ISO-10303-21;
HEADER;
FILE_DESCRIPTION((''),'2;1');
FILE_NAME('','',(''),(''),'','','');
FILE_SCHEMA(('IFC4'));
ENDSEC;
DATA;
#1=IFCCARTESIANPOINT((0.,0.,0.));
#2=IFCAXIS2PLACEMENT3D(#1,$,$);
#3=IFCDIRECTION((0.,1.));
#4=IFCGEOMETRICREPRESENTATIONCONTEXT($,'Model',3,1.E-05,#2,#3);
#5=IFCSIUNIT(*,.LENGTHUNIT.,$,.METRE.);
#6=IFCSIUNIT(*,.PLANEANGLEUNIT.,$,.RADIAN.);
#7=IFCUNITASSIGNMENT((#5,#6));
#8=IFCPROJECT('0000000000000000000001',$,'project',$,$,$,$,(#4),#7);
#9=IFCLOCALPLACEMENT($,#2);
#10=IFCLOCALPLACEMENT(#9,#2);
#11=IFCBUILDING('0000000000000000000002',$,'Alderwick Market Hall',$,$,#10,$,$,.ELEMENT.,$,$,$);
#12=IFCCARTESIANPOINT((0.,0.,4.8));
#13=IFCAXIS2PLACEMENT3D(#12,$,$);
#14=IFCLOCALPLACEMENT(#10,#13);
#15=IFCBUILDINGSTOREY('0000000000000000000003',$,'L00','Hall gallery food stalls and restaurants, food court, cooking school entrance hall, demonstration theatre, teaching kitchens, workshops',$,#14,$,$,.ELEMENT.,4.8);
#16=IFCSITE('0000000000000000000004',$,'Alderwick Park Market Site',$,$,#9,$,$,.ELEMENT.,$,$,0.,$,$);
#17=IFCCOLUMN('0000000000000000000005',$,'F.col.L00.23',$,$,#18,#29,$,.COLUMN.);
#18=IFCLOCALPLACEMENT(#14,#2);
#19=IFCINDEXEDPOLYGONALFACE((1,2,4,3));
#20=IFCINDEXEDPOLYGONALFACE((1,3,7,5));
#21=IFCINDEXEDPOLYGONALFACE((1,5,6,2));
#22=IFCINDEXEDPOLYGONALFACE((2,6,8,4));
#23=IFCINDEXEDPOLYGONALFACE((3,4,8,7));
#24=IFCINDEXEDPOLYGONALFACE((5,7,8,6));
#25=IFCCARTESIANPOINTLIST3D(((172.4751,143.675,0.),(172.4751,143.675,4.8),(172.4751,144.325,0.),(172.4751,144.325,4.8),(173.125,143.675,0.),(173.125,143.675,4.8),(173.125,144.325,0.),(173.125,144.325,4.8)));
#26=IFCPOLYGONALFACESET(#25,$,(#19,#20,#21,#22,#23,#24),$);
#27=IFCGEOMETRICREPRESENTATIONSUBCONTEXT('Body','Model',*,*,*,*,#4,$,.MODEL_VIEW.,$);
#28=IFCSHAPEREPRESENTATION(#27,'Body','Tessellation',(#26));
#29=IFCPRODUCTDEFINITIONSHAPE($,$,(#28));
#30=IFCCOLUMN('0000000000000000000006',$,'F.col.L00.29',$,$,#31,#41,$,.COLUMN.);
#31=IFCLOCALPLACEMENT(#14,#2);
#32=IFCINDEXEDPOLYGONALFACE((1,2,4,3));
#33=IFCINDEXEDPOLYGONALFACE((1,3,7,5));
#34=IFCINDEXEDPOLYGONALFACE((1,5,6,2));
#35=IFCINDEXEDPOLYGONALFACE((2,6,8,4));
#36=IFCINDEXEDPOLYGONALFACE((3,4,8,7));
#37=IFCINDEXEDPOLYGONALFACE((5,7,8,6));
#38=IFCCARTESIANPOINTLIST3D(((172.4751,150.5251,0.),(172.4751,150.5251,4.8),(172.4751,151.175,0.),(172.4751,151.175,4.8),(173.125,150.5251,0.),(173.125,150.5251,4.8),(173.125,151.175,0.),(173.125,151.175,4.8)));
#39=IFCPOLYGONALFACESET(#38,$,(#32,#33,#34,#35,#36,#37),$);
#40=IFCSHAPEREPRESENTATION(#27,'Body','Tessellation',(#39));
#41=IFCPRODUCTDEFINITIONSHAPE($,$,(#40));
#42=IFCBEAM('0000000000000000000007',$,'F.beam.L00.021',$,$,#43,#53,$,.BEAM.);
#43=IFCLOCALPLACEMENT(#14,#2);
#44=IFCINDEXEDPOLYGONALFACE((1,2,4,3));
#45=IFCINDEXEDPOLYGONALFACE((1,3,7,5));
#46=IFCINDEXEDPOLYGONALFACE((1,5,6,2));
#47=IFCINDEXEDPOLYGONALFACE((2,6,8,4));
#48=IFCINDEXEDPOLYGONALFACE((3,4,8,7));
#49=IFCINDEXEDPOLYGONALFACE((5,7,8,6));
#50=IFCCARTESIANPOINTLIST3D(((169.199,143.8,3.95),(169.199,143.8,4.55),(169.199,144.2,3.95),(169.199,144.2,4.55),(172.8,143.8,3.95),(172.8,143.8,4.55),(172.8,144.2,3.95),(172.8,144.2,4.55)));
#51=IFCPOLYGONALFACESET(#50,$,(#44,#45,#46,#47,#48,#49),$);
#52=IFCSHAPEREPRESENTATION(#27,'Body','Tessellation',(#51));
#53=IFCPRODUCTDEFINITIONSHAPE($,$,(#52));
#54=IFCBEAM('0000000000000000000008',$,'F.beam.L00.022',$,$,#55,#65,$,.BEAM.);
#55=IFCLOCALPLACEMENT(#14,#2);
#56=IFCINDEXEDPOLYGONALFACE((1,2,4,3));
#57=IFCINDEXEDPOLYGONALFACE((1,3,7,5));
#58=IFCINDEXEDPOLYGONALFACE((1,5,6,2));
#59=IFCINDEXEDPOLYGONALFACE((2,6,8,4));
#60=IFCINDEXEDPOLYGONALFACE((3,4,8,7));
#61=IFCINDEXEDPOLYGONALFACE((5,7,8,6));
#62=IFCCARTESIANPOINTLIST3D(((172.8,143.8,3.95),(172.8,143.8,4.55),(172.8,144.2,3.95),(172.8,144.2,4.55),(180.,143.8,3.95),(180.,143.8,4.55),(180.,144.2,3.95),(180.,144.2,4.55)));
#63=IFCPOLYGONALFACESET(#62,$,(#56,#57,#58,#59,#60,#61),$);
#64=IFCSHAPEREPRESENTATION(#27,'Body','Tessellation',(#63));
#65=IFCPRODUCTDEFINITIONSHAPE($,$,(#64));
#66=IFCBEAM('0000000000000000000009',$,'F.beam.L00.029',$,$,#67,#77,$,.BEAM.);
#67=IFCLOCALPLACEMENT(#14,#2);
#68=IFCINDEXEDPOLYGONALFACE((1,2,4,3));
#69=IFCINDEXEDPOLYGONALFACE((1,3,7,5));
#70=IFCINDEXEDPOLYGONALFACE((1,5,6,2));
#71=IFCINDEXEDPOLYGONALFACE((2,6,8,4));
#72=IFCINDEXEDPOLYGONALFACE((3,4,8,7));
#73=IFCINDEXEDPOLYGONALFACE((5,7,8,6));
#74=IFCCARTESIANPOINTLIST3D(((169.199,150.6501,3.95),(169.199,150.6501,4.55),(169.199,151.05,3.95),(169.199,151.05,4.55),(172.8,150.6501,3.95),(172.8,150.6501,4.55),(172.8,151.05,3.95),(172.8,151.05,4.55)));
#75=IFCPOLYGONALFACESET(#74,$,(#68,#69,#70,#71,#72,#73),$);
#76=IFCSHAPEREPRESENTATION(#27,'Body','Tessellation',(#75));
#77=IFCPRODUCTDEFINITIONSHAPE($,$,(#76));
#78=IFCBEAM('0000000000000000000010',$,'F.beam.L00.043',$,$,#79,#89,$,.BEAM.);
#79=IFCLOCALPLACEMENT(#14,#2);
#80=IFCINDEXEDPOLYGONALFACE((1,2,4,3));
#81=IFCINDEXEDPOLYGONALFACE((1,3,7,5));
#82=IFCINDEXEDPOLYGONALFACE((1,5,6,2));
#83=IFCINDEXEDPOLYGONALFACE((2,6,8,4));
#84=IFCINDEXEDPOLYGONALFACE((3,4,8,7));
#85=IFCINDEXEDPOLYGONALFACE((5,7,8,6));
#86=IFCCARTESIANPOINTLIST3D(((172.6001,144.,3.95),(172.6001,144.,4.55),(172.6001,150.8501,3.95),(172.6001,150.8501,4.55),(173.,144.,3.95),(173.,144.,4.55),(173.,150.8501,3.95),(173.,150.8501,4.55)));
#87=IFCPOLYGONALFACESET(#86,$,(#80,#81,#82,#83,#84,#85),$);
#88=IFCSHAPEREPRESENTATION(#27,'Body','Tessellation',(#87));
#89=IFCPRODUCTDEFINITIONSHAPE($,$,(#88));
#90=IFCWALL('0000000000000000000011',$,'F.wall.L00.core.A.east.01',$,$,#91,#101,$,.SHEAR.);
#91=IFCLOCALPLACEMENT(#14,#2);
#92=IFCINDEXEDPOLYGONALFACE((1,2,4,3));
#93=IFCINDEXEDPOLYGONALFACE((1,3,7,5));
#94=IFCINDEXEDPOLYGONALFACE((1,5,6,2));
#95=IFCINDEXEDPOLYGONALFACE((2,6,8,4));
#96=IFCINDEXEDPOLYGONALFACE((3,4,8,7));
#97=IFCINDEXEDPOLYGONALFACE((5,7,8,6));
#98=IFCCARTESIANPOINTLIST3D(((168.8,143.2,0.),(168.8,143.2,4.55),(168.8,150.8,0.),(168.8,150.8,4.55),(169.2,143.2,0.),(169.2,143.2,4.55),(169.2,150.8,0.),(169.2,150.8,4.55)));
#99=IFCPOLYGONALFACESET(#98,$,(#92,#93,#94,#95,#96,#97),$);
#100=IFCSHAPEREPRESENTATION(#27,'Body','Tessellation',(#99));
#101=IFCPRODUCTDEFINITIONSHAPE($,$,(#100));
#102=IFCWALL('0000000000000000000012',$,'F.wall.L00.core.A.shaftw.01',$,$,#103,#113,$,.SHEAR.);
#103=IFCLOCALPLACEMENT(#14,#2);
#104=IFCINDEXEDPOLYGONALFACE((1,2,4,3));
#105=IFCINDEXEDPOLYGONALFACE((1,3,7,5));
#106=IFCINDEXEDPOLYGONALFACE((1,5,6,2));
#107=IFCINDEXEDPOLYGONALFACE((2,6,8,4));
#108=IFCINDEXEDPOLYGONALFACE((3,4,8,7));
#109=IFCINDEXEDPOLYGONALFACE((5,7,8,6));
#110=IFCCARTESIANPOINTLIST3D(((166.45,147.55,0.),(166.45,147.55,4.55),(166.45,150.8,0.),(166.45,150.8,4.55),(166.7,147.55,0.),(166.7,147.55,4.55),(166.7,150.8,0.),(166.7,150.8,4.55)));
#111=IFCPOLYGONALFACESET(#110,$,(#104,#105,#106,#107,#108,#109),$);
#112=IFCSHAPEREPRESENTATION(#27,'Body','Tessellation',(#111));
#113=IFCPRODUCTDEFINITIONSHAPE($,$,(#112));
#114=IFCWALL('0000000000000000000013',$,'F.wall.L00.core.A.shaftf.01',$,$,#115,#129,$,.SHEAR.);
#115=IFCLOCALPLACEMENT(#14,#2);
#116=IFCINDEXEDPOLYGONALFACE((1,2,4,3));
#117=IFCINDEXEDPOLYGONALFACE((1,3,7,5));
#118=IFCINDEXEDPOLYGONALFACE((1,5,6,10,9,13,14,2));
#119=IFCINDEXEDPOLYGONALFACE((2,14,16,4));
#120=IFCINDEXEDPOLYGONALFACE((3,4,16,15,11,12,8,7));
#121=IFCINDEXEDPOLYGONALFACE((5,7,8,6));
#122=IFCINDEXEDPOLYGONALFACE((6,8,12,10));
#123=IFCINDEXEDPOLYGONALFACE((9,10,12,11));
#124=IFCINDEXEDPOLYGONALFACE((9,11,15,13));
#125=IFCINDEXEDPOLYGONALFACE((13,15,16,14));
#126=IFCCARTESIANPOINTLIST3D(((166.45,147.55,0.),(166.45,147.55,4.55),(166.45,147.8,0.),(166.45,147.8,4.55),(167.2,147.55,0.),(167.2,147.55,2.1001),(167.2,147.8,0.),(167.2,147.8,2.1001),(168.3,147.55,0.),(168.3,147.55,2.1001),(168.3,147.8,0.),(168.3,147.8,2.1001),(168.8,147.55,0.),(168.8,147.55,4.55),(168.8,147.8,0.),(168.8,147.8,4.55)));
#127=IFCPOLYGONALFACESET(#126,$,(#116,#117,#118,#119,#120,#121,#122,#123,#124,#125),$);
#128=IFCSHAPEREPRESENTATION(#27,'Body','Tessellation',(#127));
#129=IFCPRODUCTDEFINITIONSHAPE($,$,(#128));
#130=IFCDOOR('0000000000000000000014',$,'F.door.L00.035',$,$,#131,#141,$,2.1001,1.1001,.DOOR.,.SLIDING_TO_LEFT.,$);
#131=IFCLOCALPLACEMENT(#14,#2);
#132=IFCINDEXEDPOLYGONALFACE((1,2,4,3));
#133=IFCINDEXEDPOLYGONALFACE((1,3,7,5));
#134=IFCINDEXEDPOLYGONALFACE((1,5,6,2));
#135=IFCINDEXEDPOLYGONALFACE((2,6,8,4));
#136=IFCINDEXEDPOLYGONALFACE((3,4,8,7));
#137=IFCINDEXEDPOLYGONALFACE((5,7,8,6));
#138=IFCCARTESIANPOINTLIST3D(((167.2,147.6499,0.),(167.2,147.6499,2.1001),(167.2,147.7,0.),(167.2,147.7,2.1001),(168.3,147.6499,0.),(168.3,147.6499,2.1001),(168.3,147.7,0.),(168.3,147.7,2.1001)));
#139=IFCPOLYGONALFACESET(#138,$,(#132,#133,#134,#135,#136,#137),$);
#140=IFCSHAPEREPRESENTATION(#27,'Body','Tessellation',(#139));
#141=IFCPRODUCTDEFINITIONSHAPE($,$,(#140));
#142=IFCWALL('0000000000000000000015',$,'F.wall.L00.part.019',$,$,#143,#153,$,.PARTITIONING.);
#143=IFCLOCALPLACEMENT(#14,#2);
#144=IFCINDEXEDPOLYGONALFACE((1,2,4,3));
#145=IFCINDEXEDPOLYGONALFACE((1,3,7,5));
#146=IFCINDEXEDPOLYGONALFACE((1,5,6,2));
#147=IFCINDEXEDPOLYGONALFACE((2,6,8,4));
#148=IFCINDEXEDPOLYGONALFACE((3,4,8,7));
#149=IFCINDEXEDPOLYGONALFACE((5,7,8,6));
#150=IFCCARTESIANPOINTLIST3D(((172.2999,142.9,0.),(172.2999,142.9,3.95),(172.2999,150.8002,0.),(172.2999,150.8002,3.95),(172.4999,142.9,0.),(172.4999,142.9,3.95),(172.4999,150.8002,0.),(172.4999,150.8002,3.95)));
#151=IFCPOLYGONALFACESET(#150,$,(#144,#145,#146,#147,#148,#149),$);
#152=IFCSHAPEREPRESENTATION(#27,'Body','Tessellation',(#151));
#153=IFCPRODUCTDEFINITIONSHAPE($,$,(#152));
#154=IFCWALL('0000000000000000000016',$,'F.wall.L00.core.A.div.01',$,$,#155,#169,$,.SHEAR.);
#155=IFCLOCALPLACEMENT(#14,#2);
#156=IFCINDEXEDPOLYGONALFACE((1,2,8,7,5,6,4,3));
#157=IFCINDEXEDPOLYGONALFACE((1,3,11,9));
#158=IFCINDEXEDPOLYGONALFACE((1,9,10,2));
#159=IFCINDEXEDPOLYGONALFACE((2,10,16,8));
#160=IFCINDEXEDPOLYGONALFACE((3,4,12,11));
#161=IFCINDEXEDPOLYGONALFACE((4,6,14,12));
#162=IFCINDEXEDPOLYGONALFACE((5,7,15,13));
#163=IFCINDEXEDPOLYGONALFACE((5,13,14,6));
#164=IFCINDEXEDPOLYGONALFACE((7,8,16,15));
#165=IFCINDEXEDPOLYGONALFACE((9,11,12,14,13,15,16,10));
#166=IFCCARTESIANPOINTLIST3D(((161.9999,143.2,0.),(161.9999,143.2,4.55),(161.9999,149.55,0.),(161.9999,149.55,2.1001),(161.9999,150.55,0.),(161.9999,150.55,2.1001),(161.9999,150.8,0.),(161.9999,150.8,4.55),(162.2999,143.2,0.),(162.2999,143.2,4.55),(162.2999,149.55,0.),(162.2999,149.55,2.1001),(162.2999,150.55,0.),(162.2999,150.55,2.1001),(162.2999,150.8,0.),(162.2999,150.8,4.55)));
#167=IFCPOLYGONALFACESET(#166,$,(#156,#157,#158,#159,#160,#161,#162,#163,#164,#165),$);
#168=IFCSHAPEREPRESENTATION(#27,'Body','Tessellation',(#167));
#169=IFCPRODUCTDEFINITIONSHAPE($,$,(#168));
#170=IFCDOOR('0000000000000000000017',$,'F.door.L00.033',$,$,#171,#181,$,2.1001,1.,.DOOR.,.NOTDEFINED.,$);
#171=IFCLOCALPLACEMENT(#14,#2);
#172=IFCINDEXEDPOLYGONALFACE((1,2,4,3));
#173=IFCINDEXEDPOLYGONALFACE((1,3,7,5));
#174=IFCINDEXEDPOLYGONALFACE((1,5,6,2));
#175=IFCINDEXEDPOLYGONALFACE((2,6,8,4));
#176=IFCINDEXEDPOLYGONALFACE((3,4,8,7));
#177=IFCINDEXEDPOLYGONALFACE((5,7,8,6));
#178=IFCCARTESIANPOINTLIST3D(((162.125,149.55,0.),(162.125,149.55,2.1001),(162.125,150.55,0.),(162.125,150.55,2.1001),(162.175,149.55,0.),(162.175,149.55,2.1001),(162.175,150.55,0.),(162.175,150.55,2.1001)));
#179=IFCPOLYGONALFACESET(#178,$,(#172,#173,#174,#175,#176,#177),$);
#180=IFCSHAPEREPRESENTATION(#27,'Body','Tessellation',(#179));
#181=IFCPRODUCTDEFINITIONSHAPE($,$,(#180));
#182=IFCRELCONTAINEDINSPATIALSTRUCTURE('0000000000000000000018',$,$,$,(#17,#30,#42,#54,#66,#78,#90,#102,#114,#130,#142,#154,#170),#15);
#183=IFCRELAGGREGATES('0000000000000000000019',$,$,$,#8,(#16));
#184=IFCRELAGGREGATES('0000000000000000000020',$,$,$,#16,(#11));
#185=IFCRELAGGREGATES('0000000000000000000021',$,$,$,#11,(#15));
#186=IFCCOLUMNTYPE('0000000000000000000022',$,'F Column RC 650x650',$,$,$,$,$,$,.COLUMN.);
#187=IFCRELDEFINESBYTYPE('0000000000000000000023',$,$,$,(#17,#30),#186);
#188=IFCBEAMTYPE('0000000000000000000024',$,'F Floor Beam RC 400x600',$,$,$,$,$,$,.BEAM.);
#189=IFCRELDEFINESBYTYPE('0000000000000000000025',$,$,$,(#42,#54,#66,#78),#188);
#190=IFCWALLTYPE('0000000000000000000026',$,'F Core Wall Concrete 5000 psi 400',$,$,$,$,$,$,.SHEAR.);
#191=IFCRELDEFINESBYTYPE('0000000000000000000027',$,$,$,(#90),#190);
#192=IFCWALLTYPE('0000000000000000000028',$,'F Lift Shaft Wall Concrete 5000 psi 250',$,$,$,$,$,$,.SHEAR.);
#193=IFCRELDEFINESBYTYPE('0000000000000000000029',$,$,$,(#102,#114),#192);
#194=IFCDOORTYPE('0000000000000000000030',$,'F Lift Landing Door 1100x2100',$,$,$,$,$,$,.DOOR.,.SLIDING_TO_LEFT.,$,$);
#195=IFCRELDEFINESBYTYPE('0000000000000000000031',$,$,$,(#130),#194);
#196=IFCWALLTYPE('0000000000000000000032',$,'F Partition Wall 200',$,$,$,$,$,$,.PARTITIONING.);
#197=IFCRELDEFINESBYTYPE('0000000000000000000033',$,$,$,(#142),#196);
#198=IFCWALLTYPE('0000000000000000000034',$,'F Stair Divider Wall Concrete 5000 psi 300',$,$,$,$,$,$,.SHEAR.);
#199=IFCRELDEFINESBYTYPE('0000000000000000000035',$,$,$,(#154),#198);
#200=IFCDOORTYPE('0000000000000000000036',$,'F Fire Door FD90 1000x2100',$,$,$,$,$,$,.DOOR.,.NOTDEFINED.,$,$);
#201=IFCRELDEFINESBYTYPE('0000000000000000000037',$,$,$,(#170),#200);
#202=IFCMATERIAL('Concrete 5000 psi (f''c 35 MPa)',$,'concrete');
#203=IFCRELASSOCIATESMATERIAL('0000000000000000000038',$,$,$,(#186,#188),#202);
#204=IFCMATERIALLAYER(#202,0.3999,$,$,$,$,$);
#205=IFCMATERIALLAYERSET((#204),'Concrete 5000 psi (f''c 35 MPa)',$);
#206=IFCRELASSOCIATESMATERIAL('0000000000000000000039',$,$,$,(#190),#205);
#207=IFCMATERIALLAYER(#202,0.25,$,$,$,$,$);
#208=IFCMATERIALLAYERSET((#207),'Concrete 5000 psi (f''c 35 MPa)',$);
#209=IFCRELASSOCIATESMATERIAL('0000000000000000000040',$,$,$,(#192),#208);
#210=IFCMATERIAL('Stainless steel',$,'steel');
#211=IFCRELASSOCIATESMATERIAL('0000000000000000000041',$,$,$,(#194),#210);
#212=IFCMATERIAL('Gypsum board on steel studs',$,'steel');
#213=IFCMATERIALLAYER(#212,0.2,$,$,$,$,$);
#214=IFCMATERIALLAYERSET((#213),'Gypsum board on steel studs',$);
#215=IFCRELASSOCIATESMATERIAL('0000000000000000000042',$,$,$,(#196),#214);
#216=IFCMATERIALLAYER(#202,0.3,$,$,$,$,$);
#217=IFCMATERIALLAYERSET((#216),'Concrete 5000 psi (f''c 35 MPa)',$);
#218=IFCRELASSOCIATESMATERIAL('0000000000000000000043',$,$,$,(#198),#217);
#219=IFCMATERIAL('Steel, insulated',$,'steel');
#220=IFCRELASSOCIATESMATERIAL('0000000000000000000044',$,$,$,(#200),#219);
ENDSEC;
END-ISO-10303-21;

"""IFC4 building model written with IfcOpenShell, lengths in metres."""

from ifc_helpers import new_model, si_unit, direction, frame, frame_2d, origin, origin_2d, place, context, subcontext, project, spatial, rectangle, extrude, material, layer, layer_set, material_profile, profile_set, type_object, element, fill, save


model = new_model("IFC4")

# Units and contexts
model_context = context("Model", 3, precision=1e-05, world=origin(), true_north=direction((0.0, 1.0)))
body_context = subcontext(model_context, "Body", "Model", "MODEL_VIEW")
ifc_project = project(units=[si_unit("LENGTHUNIT", "METRE"), si_unit("PLANEANGLEUNIT", "RADIAN")], contexts=[model_context])

# Site, building, storey
site_placement = place(None, origin())
site = spatial("IfcSite", under=ifc_project, at=site_placement, Name="Alderwick Park Market Site", CompositionType="ELEMENT", RefElevation=0.0)
building_placement = place(site_placement, origin())
building = spatial("IfcBuilding", under=site, at=building_placement, Name="Alderwick Market Hall", CompositionType="ELEMENT")
storey_placement = place(building_placement, frame((0.0, 0.0, 4.8)))
storey = spatial("IfcBuildingStorey", under=building, at=storey_placement, Name="L00", Description="Hall gallery food stalls and restaurants, food court, cooking school entrance hall, demonstration theatre, teaching kitchens, workshops", CompositionType="ELEMENT", Elevation=4.8)

# Columns
ifc_material_1 = material(Name="Concrete 5000 psi (f'c 35 MPa)", Category="concrete")
ifc_material_profile_1 = material_profile(ifc_material_1, rectangle(XDim=0.6499, YDim=0.6499, at=origin_2d()), Name="RC 650x650")
ifc_profile_set_1 = profile_set([ifc_material_profile_1], Name="Concrete 5000 psi (f'c 35 MPa)")
column_type = type_object("IfcColumnType", Name="F Column RC 650x650", PredefinedType="COLUMN", material=ifc_profile_set_1)
for number, where, z_axis, x_axis, name in (
    (1, (172.8, 144.0, 0.0), (0.0, 0.0, 1.0), (1.0, 0.0, 0.0), "F.col.L00.23"),
    (2, (172.8, 150.8501, 0.0), (0.0, 0.0, 1.0), (1.0, 0.0, 0.0), "F.col.L00.29"),
):
    element("IfcColumn", number, at=place(storey_placement, frame(where, z_axis=z_axis, x_axis=x_axis)), inside=storey, type_object=column_type, Name=name, PredefinedType="COLUMN", context=body_context, shape_type="SweptSolid", body=[
        extrude(rectangle(XDim=0.6499, YDim=0.6499, at=origin_2d()), origin(), (0.0, 0.0, 1.0), 4.8),
    ])

# Beams
ifc_material_profile_2 = material_profile(ifc_material_1, rectangle(XDim=0.3999, YDim=0.6001, at=origin_2d()), Name="RC 400x600")
ifc_profile_set_2 = profile_set([ifc_material_profile_2], Name="Concrete 5000 psi (f'c 35 MPa)")
beam_type = type_object("IfcBeamType", Name="F Floor Beam RC 400x600", PredefinedType="BEAM", material=ifc_profile_set_2)
beam_1_placement = place(storey_placement, frame((169.199, 144.0, 4.25), z_axis=(1.0, 0.0, 0.0), x_axis=(0.0, 1.0, 0.0)))
element("IfcBeam", 3, at=beam_1_placement, inside=storey, type_object=beam_type, Name="F.beam.L00.021", PredefinedType="BEAM", context=body_context, shape_type="SweptSolid", body=[
    extrude(rectangle(XDim=0.3999, YDim=0.6001, at=origin_2d()), origin(), (0.0, 0.0, 1.0), 3.6011),
])
beam_2_placement = place(storey_placement, frame((172.8, 144.0, 4.25), z_axis=(1.0, 0.0, 0.0), x_axis=(0.0, 1.0, 0.0)))
element("IfcBeam", 4, at=beam_2_placement, inside=storey, type_object=beam_type, Name="F.beam.L00.022", PredefinedType="BEAM", context=body_context, shape_type="SweptSolid", body=[
    extrude(rectangle(XDim=0.3999, YDim=0.6001, at=origin_2d()), origin(), (0.0, 0.0, 1.0), 7.2),
])
beam_3_placement = place(storey_placement, frame((169.199, 150.8501, 4.25), z_axis=(1.0, 0.0, 0.0), x_axis=(0.0, 1.0, 0.0)))
element("IfcBeam", 5, at=beam_3_placement, inside=storey, type_object=beam_type, Name="F.beam.L00.029", PredefinedType="BEAM", context=body_context, shape_type="SweptSolid", body=[
    extrude(rectangle(XDim=0.3999, YDim=0.6001, at=origin_2d()), origin(), (0.0, 0.0, 1.0), 3.6011),
])
beam_4_placement = place(storey_placement, frame((172.8, 144.0, 4.25), z_axis=(0.0, 1.0, 0.0), x_axis=(-1.0, 0.0, 0.0)))
element("IfcBeam", 6, at=beam_4_placement, inside=storey, type_object=beam_type, Name="F.beam.L00.043", PredefinedType="BEAM", context=body_context, shape_type="SweptSolid", body=[
    extrude(rectangle(XDim=0.3999, YDim=0.6001, at=origin_2d()), origin(), (0.0, 0.0, 1.0), 6.8501),
])

# Walls
ifc_layer_1 = layer(ifc_material_1, 0.3999)
ifc_layer_set_1 = layer_set([ifc_layer_1], Name="Concrete 5000 psi (f'c 35 MPa)")
wall_type_1 = type_object("IfcWallType", Name="F Core Wall Concrete 5000 psi 400", PredefinedType="SHEAR", material=ifc_layer_set_1)
wall_1_placement = place(storey_placement, frame((169.0, 143.2, 0.0), z_axis=(0.0, 0.0, 1.0), x_axis=(0.0, 1.0, 0.0)))
element("IfcWall", 7, at=wall_1_placement, inside=storey, type_object=wall_type_1, Name="F.wall.L00.core.A.east.01", PredefinedType="SHEAR", context=body_context, shape_type="SweptSolid", body=[
    extrude(rectangle(XDim=7.6001, YDim=0.3999, at=frame_2d((3.8, 0.0))), origin(), (0.0, 0.0, 1.0), 4.55),
])
ifc_layer_2 = layer(ifc_material_1, 0.25)
ifc_layer_set_2 = layer_set([ifc_layer_2], Name="Concrete 5000 psi (f'c 35 MPa)")
wall_type_2 = type_object("IfcWallType", Name="F Lift Shaft Wall Concrete 5000 psi 250", PredefinedType="SHEAR", material=ifc_layer_set_2)
wall_2_placement = place(storey_placement, frame((166.575, 147.55, 0.0), z_axis=(0.0, 0.0, 1.0), x_axis=(0.0, 1.0, 0.0)))
element("IfcWall", 8, at=wall_2_placement, inside=storey, type_object=wall_type_2, Name="F.wall.L00.core.A.shaftw.01", PredefinedType="SHEAR", context=body_context, shape_type="SweptSolid", body=[
    extrude(rectangle(XDim=3.25, YDim=0.25, at=frame_2d((1.625, 0.0))), origin(), (0.0, 0.0, 1.0), 4.55),
])

# Wall, opening, door
wall_3_placement = place(storey_placement, frame((166.45, 147.675, 0.0), z_axis=(0.0, 0.0, 1.0), x_axis=(1.0, 0.0, 0.0)))
wall_3 = element("IfcWall", 9, at=wall_3_placement, inside=storey, type_object=wall_type_2, Name="F.wall.L00.core.A.shaftf.01", PredefinedType="SHEAR", context=body_context, shape_type="SweptSolid", body=[
    extrude(rectangle(XDim=2.3501, YDim=0.25, at=frame_2d((1.175, 0.0))), origin(), (0.0, 0.0, 1.0), 4.55),
])
opening_1_placement = place(wall_3_placement, frame((0.75, 0.0, 0.0)))
opening_1 = element("IfcOpeningElement", 10, at=opening_1_placement, cuts=wall_3, PredefinedType="OPENING", context=body_context, shape_type="SweptSolid", body=[
    extrude(rectangle(XDim=1.1001, YDim=2.1001, at=frame_2d((0.55, 1.05))), frame((0.0, 0.135, 0.0), z_axis=(0.0, -1.0, 0.0), x_axis=(1.0, 0.0, 0.0)), (0.0, 0.0, 1.0), 0.27),
])
ifc_material_2 = material(Name="Stainless steel", Category="steel")
door_type_1 = type_object("IfcDoorType", Name="F Lift Landing Door 1100x2100", OperationType="SLIDING_TO_LEFT", PredefinedType="DOOR", material=ifc_material_2)
door_1_placement = place(opening_1_placement, origin())
door_1 = element("IfcDoor", 11, at=door_1_placement, inside=storey, type_object=door_type_1, Name="F.door.L00.035", OperationType="SLIDING_TO_LEFT", OverallHeight=2.1001, OverallWidth=1.1001, PredefinedType="DOOR", context=body_context, shape_type="SweptSolid", body=[
    extrude(rectangle(XDim=1.1001, YDim=2.1001, at=frame_2d((0.55, 1.05))), frame((0.0, 0.0249, 0.0), z_axis=(0.0, -1.0, 0.0), x_axis=(1.0, 0.0, 0.0)), (0.0, 0.0, 1.0), 0.05),
])
fill(opening_1, door_1)

# Wall
ifc_material_3 = material(Name="Gypsum board on steel studs", Category="steel")
ifc_layer_3 = layer(ifc_material_3, 0.2)
ifc_layer_set_3 = layer_set([ifc_layer_3], Name="Gypsum board on steel studs")
wall_type_3 = type_object("IfcWallType", Name="F Partition Wall 200", PredefinedType="PARTITIONING", material=ifc_layer_set_3)
wall_4_placement = place(storey_placement, frame((172.3999, 142.8999, 0.0), z_axis=(0.0, 0.0, 1.0), x_axis=(0.0, 1.0, 0.0)))
element("IfcWall", 12, at=wall_4_placement, inside=storey, type_object=wall_type_3, Name="F.wall.L00.part.019", PredefinedType="PARTITIONING", context=body_context, shape_type="SweptSolid", body=[
    extrude(rectangle(XDim=7.9001, YDim=0.2, at=frame_2d((3.9502, 0.0))), origin(), (0.0, 0.0, 1.0), 3.95),
])

# Wall, opening, door
ifc_layer_4 = layer(ifc_material_1, 0.3)
ifc_layer_set_4 = layer_set([ifc_layer_4], Name="Concrete 5000 psi (f'c 35 MPa)")
wall_type_4 = type_object("IfcWallType", Name="F Stair Divider Wall Concrete 5000 psi 300", PredefinedType="SHEAR", material=ifc_layer_set_4)
wall_5_placement = place(storey_placement, frame((162.1499, 143.2, 0.0), z_axis=(0.0, 0.0, 1.0), x_axis=(0.0, 1.0, 0.0)))
wall_5 = element("IfcWall", 13, at=wall_5_placement, inside=storey, type_object=wall_type_4, Name="F.wall.L00.core.A.div.01", PredefinedType="SHEAR", context=body_context, shape_type="SweptSolid", body=[
    extrude(rectangle(XDim=7.6001, YDim=0.3, at=frame_2d((3.8, 0.0))), origin(), (0.0, 0.0, 1.0), 4.55),
])
opening_2_placement = place(wall_5_placement, frame((6.3501, 0.0, 0.0)))
opening_2 = element("IfcOpeningElement", 14, at=opening_2_placement, cuts=wall_5, PredefinedType="OPENING", context=body_context, shape_type="SweptSolid", body=[
    extrude(rectangle(XDim=1.0, YDim=2.1001, at=frame_2d((0.5, 1.05))), frame((0.0, 0.1599, 0.0), z_axis=(0.0, -1.0, 0.0), x_axis=(1.0, 0.0, 0.0)), (0.0, 0.0, 1.0), 0.3201),
])
ifc_material_4 = material(Name="Steel, insulated", Category="steel")
door_type_2 = type_object("IfcDoorType", Name="F Fire Door FD90 1000x2100", OperationType="NOTDEFINED", PredefinedType="DOOR", material=ifc_material_4)
door_2_placement = place(opening_2_placement, origin())
door_2 = element("IfcDoor", 15, at=door_2_placement, inside=storey, type_object=door_type_2, Name="F.door.L00.033", OperationType="NOTDEFINED", OverallHeight=2.1001, OverallWidth=1.0, PredefinedType="DOOR", context=body_context, shape_type="SweptSolid", body=[
    extrude(rectangle(XDim=1.0, YDim=2.1001, at=frame_2d((0.5, 1.05))), frame((0.0, 0.0249, 0.0), z_axis=(0.0, -1.0, 0.0), x_axis=(1.0, 0.0, 0.0)), (0.0, 0.0, 1.0), 0.05),
])
fill(opening_2, door_2)

save(model, "model.ifc")
